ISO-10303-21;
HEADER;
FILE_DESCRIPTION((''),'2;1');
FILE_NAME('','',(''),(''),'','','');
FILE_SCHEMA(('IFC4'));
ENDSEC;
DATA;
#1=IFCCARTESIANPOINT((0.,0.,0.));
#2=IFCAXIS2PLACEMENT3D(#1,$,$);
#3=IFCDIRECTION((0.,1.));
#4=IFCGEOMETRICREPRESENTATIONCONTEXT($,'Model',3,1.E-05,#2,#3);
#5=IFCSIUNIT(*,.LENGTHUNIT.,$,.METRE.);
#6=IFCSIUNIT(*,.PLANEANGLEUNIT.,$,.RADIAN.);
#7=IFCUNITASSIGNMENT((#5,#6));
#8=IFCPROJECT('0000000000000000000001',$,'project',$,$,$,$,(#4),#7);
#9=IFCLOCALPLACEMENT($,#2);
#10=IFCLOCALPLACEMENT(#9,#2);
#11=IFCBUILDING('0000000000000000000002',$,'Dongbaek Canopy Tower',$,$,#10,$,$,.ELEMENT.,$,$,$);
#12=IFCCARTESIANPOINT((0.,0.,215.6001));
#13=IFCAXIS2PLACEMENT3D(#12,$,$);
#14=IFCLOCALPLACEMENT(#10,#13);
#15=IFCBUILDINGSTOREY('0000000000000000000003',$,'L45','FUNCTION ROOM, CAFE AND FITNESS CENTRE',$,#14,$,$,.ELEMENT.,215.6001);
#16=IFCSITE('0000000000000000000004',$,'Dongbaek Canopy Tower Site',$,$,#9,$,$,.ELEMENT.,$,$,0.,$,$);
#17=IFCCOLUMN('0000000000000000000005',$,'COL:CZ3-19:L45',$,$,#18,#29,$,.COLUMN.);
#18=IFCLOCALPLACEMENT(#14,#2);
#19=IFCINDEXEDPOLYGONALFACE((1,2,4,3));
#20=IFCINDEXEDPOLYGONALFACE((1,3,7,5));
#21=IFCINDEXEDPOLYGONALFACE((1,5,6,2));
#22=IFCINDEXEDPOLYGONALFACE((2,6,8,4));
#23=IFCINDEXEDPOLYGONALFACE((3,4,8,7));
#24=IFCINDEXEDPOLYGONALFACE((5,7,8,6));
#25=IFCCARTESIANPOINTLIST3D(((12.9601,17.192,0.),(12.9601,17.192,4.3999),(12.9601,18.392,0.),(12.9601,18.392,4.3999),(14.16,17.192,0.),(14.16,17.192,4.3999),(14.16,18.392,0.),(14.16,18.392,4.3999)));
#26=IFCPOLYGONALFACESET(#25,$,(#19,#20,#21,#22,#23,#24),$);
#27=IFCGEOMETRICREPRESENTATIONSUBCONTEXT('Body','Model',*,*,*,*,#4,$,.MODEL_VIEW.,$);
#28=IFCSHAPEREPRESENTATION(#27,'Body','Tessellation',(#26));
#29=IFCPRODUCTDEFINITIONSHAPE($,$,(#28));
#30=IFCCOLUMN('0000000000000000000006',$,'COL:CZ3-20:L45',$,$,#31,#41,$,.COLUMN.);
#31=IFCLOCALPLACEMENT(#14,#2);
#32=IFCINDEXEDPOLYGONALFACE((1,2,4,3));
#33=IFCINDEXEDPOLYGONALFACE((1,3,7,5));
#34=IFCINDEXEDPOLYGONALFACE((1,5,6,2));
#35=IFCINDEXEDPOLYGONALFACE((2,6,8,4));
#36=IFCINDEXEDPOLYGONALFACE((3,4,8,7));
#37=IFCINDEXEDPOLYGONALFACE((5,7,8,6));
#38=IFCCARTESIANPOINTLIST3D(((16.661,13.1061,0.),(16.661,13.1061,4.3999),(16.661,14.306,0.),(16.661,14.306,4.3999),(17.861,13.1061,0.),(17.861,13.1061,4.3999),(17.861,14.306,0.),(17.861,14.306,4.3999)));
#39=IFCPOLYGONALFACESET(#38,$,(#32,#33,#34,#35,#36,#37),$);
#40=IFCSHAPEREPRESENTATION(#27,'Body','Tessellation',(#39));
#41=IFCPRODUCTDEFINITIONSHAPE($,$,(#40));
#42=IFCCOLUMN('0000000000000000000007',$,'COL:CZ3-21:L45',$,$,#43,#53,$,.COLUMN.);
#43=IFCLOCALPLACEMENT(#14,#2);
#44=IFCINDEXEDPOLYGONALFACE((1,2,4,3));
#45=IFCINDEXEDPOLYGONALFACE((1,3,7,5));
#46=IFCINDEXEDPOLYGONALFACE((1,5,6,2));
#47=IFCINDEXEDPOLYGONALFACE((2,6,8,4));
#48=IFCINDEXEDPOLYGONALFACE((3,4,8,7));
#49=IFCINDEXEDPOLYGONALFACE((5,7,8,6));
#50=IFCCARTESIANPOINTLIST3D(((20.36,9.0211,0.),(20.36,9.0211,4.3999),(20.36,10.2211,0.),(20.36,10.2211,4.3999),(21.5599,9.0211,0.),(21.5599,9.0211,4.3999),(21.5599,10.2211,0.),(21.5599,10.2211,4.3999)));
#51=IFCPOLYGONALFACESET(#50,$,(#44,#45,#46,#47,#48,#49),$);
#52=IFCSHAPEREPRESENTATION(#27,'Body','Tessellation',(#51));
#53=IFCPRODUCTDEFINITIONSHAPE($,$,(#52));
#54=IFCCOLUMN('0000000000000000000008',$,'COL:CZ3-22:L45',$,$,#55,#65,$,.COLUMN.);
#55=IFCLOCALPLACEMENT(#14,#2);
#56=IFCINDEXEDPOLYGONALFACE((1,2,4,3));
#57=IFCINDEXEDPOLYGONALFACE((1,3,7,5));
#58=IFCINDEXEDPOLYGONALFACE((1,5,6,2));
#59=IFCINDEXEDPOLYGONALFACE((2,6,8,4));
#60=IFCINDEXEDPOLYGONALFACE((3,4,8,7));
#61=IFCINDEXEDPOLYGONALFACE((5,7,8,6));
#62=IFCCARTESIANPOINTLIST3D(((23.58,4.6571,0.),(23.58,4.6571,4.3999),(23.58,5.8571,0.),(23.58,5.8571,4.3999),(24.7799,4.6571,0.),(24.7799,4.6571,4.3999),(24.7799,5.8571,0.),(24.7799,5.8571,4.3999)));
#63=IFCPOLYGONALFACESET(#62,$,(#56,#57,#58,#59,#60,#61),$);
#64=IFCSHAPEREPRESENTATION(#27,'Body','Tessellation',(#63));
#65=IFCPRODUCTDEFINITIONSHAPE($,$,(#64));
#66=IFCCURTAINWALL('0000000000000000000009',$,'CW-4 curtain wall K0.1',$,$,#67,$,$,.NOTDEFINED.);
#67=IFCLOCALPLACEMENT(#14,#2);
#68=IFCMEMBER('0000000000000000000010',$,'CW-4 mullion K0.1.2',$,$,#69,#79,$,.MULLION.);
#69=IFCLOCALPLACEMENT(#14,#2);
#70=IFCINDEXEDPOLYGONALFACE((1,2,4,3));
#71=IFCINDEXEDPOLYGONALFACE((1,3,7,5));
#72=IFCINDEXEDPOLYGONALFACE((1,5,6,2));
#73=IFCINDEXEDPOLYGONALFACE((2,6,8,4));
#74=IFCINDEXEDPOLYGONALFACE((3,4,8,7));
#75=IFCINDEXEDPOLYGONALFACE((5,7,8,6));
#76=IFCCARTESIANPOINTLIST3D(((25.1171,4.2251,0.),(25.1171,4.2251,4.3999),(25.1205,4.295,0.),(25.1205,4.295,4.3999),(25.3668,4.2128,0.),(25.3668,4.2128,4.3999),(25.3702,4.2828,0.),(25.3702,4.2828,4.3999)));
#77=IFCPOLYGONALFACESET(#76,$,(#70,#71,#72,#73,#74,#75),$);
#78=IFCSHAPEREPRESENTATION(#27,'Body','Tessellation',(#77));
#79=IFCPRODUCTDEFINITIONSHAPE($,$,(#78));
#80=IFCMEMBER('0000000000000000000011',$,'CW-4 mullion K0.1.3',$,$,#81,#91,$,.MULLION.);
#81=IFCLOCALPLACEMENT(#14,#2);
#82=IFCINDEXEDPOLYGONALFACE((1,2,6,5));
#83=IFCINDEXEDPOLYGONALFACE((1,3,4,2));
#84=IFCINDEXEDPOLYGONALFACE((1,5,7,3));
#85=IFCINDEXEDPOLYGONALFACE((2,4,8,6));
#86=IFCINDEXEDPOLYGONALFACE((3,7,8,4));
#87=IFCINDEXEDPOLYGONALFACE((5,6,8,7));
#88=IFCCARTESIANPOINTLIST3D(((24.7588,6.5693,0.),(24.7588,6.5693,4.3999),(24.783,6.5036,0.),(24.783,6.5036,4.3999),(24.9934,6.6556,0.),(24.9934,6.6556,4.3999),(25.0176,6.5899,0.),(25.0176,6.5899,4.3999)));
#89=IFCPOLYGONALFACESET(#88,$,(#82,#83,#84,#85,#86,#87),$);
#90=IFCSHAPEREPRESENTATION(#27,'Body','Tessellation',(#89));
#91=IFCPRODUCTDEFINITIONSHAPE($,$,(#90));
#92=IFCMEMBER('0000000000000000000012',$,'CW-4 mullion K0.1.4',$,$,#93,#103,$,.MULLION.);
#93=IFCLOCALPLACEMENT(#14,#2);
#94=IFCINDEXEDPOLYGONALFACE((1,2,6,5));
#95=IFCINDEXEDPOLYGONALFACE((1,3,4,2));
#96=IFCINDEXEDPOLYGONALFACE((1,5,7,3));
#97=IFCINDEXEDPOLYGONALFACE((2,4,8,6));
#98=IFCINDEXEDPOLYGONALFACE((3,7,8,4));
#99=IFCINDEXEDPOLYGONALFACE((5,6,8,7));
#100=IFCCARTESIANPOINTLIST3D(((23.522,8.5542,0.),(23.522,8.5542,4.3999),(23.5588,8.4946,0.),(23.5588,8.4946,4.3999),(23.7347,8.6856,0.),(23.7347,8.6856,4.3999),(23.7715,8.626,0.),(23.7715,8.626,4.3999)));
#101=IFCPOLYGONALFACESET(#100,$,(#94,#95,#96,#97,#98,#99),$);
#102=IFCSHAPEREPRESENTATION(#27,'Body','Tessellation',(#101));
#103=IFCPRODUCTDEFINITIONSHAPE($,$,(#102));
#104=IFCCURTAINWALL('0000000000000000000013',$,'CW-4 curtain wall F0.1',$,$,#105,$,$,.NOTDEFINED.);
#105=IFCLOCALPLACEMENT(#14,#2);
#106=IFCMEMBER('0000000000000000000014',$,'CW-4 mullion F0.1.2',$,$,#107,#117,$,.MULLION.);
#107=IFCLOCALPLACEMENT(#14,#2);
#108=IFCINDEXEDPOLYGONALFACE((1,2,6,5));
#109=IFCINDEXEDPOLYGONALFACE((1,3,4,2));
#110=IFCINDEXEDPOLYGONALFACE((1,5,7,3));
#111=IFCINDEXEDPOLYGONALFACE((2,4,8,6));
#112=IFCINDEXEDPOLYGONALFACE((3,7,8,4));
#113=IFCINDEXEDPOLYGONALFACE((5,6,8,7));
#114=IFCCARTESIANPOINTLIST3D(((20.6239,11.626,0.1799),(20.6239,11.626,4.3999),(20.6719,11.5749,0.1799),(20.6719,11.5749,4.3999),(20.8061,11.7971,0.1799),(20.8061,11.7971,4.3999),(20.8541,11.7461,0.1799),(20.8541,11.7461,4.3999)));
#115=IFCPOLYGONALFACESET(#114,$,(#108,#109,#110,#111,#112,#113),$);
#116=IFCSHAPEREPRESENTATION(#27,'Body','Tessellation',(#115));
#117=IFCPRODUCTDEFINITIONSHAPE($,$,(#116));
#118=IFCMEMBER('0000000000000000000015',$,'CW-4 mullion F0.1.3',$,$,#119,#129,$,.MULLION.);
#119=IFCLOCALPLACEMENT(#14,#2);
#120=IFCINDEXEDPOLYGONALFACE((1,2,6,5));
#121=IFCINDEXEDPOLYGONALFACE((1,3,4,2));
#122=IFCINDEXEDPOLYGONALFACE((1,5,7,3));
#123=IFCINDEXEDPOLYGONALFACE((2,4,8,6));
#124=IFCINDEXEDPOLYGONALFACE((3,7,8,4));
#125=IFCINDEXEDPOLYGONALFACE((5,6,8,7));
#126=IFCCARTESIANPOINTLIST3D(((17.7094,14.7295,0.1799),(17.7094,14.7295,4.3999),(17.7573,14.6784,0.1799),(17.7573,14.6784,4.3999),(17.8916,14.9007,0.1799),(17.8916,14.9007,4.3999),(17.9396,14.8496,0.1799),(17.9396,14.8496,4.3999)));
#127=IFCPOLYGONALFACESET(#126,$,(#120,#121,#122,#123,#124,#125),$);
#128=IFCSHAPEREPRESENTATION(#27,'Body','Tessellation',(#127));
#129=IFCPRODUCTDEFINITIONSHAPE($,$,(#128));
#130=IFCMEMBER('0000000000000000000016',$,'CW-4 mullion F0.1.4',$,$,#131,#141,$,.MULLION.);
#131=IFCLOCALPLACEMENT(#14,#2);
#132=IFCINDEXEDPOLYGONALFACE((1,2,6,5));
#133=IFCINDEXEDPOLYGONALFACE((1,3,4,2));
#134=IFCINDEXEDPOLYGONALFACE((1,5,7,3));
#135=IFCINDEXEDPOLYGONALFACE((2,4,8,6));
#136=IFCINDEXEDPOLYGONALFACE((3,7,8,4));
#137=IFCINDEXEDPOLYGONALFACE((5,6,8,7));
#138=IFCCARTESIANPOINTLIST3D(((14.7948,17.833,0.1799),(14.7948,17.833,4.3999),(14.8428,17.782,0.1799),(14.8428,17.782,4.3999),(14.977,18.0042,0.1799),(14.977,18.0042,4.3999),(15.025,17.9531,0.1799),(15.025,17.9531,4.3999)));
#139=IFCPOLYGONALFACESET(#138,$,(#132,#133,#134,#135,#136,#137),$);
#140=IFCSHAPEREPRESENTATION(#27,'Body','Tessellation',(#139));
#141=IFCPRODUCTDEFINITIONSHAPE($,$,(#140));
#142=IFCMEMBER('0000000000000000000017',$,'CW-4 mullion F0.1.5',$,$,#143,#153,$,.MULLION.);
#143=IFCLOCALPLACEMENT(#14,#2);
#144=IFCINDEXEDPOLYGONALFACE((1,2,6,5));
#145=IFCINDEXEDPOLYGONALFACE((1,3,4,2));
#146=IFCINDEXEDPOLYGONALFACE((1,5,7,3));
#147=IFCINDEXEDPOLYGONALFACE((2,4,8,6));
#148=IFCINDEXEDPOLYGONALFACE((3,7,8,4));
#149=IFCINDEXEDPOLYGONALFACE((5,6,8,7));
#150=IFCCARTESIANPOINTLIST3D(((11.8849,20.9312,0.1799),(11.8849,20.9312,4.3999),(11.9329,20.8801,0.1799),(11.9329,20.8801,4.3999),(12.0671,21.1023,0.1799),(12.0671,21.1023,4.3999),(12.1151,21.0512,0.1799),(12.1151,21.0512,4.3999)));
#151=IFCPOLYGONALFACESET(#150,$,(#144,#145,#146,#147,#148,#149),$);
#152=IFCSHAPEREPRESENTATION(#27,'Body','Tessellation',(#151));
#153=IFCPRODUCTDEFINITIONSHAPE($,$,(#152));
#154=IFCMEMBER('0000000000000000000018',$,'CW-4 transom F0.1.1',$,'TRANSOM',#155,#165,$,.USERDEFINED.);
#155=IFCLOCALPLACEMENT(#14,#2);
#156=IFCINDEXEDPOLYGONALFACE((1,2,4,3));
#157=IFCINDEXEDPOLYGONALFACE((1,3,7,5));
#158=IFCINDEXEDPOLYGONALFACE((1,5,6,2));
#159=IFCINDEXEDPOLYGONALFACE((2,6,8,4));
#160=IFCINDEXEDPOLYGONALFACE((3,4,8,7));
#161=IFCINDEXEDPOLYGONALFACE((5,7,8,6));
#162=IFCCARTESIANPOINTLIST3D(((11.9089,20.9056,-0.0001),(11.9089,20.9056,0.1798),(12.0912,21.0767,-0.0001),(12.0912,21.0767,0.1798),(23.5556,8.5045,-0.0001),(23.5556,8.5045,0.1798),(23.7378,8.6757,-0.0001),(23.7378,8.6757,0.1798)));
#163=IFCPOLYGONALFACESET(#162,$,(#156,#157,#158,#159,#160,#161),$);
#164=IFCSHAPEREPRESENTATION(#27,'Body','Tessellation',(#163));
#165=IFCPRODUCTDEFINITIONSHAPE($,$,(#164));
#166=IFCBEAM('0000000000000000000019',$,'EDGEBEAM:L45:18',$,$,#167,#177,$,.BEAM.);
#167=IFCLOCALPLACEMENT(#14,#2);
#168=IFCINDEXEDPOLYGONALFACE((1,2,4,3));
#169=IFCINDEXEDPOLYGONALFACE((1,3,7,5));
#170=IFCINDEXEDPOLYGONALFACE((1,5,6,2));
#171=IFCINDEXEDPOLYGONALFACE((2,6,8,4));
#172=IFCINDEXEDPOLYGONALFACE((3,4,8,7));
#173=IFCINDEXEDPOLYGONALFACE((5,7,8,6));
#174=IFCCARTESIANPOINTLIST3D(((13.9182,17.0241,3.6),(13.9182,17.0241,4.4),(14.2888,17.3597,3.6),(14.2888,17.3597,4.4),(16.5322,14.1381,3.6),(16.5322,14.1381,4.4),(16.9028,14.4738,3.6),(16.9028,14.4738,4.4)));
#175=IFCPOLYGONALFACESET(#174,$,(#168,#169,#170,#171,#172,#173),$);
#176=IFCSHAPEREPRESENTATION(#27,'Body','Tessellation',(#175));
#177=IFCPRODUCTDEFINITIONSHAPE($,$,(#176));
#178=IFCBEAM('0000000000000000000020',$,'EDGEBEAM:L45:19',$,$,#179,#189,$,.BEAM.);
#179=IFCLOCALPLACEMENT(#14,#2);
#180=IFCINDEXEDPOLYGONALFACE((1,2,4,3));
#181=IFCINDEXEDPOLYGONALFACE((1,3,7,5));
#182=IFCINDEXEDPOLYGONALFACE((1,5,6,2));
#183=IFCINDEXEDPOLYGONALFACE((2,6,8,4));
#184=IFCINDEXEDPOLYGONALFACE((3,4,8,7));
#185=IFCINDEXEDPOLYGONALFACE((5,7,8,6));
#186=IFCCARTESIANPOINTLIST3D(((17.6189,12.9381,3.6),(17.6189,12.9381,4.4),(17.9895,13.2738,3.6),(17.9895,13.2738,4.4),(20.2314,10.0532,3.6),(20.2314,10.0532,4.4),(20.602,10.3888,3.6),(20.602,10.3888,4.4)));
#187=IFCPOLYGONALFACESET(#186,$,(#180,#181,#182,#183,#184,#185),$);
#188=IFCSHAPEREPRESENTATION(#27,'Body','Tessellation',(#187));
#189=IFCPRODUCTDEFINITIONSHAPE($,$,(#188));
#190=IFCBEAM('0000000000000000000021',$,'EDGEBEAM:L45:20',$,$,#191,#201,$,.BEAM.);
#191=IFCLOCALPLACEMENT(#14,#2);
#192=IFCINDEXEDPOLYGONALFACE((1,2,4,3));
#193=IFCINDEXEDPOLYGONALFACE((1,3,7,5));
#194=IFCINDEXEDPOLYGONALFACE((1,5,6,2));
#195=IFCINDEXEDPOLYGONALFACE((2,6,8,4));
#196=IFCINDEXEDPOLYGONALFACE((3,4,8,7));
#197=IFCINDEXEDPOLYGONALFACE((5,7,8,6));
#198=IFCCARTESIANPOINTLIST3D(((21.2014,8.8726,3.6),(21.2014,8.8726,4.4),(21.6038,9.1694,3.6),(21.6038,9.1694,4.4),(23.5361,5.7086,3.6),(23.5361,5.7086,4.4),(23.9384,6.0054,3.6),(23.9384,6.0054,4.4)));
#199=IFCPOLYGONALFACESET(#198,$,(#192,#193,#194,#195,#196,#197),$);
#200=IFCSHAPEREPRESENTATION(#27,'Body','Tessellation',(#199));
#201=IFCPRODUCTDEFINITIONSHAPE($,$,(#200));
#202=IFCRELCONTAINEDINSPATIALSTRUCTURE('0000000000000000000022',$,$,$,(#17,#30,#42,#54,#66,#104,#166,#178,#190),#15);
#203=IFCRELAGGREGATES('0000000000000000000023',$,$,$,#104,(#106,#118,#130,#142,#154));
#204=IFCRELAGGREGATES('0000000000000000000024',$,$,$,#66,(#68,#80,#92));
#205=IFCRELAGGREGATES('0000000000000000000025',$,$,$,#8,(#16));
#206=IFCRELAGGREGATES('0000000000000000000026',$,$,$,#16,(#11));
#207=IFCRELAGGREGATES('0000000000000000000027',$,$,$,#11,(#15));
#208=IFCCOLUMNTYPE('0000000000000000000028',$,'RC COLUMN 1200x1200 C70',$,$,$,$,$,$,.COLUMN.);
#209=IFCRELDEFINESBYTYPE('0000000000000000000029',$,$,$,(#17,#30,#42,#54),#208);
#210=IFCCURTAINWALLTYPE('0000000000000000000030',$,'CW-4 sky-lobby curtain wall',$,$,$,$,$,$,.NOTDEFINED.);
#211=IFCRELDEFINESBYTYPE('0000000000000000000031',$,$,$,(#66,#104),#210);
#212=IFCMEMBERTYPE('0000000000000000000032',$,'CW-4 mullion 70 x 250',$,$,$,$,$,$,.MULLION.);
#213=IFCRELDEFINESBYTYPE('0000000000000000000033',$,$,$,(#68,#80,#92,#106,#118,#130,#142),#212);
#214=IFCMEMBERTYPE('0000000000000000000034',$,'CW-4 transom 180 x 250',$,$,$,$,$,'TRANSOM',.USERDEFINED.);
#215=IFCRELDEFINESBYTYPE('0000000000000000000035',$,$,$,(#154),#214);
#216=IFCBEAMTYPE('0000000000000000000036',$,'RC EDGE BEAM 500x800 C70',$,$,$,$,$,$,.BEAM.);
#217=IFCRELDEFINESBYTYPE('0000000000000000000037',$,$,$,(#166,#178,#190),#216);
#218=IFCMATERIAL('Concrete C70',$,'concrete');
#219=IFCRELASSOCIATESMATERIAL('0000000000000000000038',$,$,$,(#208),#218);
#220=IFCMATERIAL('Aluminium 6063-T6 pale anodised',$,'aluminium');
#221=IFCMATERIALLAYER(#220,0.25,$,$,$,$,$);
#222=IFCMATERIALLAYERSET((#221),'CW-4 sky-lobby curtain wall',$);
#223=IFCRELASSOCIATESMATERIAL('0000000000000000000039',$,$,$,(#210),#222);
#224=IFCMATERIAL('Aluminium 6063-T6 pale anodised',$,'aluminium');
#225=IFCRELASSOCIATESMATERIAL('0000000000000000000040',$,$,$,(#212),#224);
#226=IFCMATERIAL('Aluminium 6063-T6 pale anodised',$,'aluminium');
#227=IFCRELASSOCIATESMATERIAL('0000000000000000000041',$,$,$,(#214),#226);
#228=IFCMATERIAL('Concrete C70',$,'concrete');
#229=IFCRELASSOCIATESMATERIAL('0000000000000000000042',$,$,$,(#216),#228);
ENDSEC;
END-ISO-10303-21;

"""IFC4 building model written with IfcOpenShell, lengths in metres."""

from ifc_helpers import new_model, si_unit, direction, frame, origin, origin_2d, place, context, subcontext, project, spatial, rectangle, extrude, material, layer, layer_set, material_profile, profile_set, type_object, element, aggregate, save


model = new_model("IFC4")

# Units and contexts
model_context = context("Model", 3, precision=1e-05, world=origin(), true_north=direction((0.0, 1.0)))
body_context = subcontext(model_context, "Body", "Model", "MODEL_VIEW")
ifc_project = project(units=[si_unit("LENGTHUNIT", "METRE"), si_unit("PLANEANGLEUNIT", "RADIAN")], contexts=[model_context])

# Site, building, storey
site_placement = place(None, origin())
site = spatial("IfcSite", under=ifc_project, at=site_placement, Name="Dongbaek Canopy Tower Site", CompositionType="ELEMENT", RefElevation=0.0)
building_placement = place(site_placement, origin())
building = spatial("IfcBuilding", under=site, at=building_placement, Name="Dongbaek Canopy Tower", CompositionType="ELEMENT")
storey_placement = place(building_placement, frame((0.0, 0.0, 215.6001)))
storey = spatial("IfcBuildingStorey", under=building, at=storey_placement, Name="L45", Description="FUNCTION ROOM, CAFE AND FITNESS CENTRE", CompositionType="ELEMENT", Elevation=215.6001)

# Columns
ifc_material_1 = material(Name="Concrete C70", Category="concrete")
ifc_material_profile_1 = material_profile(ifc_material_1, rectangle(XDim=1.2, YDim=1.2, at=origin_2d()), Name="RC COLUMN 1200x1200 C70")
ifc_profile_set_1 = profile_set([ifc_material_profile_1], Name="Concrete C70")
column_type = type_object("IfcColumnType", Name="RC COLUMN 1200x1200 C70", PredefinedType="COLUMN", material=ifc_profile_set_1)
for number, where, z_axis, x_axis, name in (
    (1, (13.5601, 17.792, 0.0), (0.0, 0.0, 1.0), (1.0, 0.0, 0.0), "COL:CZ3-19:L45"),
    (2, (17.261, 13.7061, 0.0), (0.0, 0.0, 1.0), (1.0, 0.0, 0.0), "COL:CZ3-20:L45"),
    (3, (20.96, 9.6211, 0.0), (0.0, 0.0, 1.0), (1.0, 0.0, 0.0), "COL:CZ3-21:L45"),
    (4, (24.1799, 5.2571, 0.0), (0.0, 0.0, 1.0), (1.0, 0.0, 0.0), "COL:CZ3-22:L45"),
):
    element("IfcColumn", number, at=place(storey_placement, frame(where, z_axis=z_axis, x_axis=x_axis)), inside=storey, type_object=column_type, Name=name, PredefinedType="COLUMN", context=body_context, shape_type="SweptSolid", body=[
        extrude(rectangle(XDim=1.2, YDim=1.2, at=origin_2d()), origin(), (0.0, 0.0, 1.0), 4.3999),
    ])

# Curtain walls, members
ifc_material_2 = material(Name="Aluminium 6063-T6 pale anodised", Category="aluminium")
ifc_layer_1 = layer(ifc_material_2, 0.25)
ifc_layer_set_1 = layer_set([ifc_layer_1], Name="CW-4 sky-lobby curtain wall")
curtain_wall_type = type_object("IfcCurtainWallType", Name="CW-4 sky-lobby curtain wall", PredefinedType="NOTDEFINED", material=ifc_layer_set_1)
curtain_wall_1_placement = place(storey_placement, origin())
curtain_wall_1 = element("IfcCurtainWall", 5, at=curtain_wall_1_placement, inside=storey, type_object=curtain_wall_type, Name="CW-4 curtain wall K0.1", PredefinedType="NOTDEFINED")
ifc_material_3 = material(Name="Aluminium 6063-T6 pale anodised", Category="aluminium")
ifc_material_profile_2 = material_profile(ifc_material_3, rectangle(XDim=0.25, YDim=0.0701, at=origin_2d()), Name="CW-4 mullion 70 x 250")
ifc_profile_set_2 = profile_set([ifc_material_profile_2], Name="Aluminium 6063-T6 pale anodised")
member_type_1 = type_object("IfcMemberType", Name="CW-4 mullion 70 x 250", PredefinedType="MULLION", material=ifc_profile_set_2)
member_1_placement = place(storey_placement, frame((25.2437, 4.2539, 0.0), z_axis=(0.0, 0.0, 1.0), x_axis=(0.998792, -0.04914, 0.0)))
member_1 = element("IfcMember", 6, at=member_1_placement, type_object=member_type_1, Name="CW-4 mullion K0.1.2", PredefinedType="MULLION", context=body_context, shape_type="SweptSolid", body=[
    extrude(rectangle(XDim=0.25, YDim=0.0701, at=origin_2d()), origin(), (0.0, 0.0, 1.0), 4.3999),
])
member_2_placement = place(storey_placement, frame((24.8882, 6.5796, 0.0), z_axis=(0.0, 0.0, 1.0), x_axis=(0.938536, 0.345181, 0.0)))
member_2 = element("IfcMember", 7, at=member_2_placement, type_object=member_type_1, Name="CW-4 mullion K0.1.3", PredefinedType="MULLION", context=body_context, shape_type="SweptSolid", body=[
    extrude(rectangle(XDim=0.25, YDim=0.0701, at=origin_2d()), origin(), (0.0, 0.0, 1.0), 4.3999),
])
member_3_placement = place(storey_placement, frame((23.6467, 8.5901, 0.0), z_axis=(0.0, 0.0, 1.0), x_axis=(0.850833, 0.525436, 0.0)))
member_3 = element("IfcMember", 8, at=member_3_placement, type_object=member_type_1, Name="CW-4 mullion K0.1.4", PredefinedType="MULLION", context=body_context, shape_type="SweptSolid", body=[
    extrude(rectangle(XDim=0.25, YDim=0.0701, at=origin_2d()), origin(), (0.0, 0.0, 1.0), 4.3999),
])
curtain_wall_2_placement = place(storey_placement, origin())
curtain_wall_2 = element("IfcCurtainWall", 9, at=curtain_wall_2_placement, inside=storey, type_object=curtain_wall_type, Name="CW-4 curtain wall F0.1", PredefinedType="NOTDEFINED")
member_4_placement = place(storey_placement, frame((20.739, 11.686, 0.1799), z_axis=(0.0, 0.0, 1.0), x_axis=(0.728941, 0.684577, 0.0)))
member_4 = element("IfcMember", 10, at=member_4_placement, type_object=member_type_1, Name="CW-4 mullion F0.1.2", PredefinedType="MULLION", context=body_context, shape_type="SweptSolid", body=[
    extrude(rectangle(XDim=0.25, YDim=0.0701, at=origin_2d()), origin(), (0.0, 0.0, 1.0), 4.22),
])
member_5_placement = place(storey_placement, frame((17.8245, 14.7896, 0.1799), z_axis=(0.0, 0.0, 1.0), x_axis=(0.728941, 0.684577, 0.0)))
member_5 = element("IfcMember", 11, at=member_5_placement, type_object=member_type_1, Name="CW-4 mullion F0.1.3", PredefinedType="MULLION", context=body_context, shape_type="SweptSolid", body=[
    extrude(rectangle(XDim=0.25, YDim=0.0701, at=origin_2d()), origin(), (0.0, 0.0, 1.0), 4.22),
])
member_6_placement = place(storey_placement, frame((14.9099, 17.8931, 0.1799), z_axis=(0.0, 0.0, 1.0), x_axis=(0.728941, 0.684577, 0.0)))
member_6 = element("IfcMember", 12, at=member_6_placement, type_object=member_type_1, Name="CW-4 mullion F0.1.4", PredefinedType="MULLION", context=body_context, shape_type="SweptSolid", body=[
    extrude(rectangle(XDim=0.25, YDim=0.0701, at=origin_2d()), origin(), (0.0, 0.0, 1.0), 4.22),
])
member_7_placement = place(storey_placement, frame((12.0, 20.9912, 0.1799), z_axis=(0.0, 0.0, 1.0), x_axis=(0.728941, 0.684577, 0.0)))
member_7 = element("IfcMember", 13, at=member_7_placement, type_object=member_type_1, Name="CW-4 mullion F0.1.5", PredefinedType="MULLION", context=body_context, shape_type="SweptSolid", body=[
    extrude(rectangle(XDim=0.25, YDim=0.0701, at=origin_2d()), origin(), (0.0, 0.0, 1.0), 4.22),
])
ifc_material_4 = material(Name="Aluminium 6063-T6 pale anodised", Category="aluminium")
ifc_material_profile_3 = material_profile(ifc_material_4, rectangle(XDim=0.25, YDim=0.1799, at=origin_2d()), Name="CW-4 transom 180 x 250")
ifc_profile_set_3 = profile_set([ifc_material_profile_3], Name="Aluminium 6063-T6 pale anodised")
member_type_2 = type_object("IfcMemberType", Name="CW-4 transom 180 x 250", ElementType="TRANSOM", PredefinedType="USERDEFINED", material=ifc_profile_set_3)
member_8_placement = place(storey_placement, frame((23.6467, 8.5901, 0.0898), z_axis=(-0.684588, 0.728931, 0.0), x_axis=(-0.728931, -0.684588, 0.0)))
member_8 = element("IfcMember", 14, at=member_8_placement, type_object=member_type_2, Name="CW-4 transom F0.1.1", ObjectType="TRANSOM", PredefinedType="USERDEFINED", context=body_context, shape_type="SweptSolid", body=[
    extrude(rectangle(XDim=0.25, YDim=0.1799, at=origin_2d()), origin(), (0.0, 0.0, 1.0), 17.0127),
])

# Beams
ifc_material_5 = material(Name="Concrete C70", Category="concrete")
ifc_material_profile_4 = material_profile(ifc_material_5, rectangle(XDim=0.5, YDim=0.8, at=origin_2d()), Name="RC EDGE BEAM 500x800 C70")
ifc_profile_set_4 = profile_set([ifc_material_profile_4], Name="Concrete C70")
beam_type = type_object("IfcBeamType", Name="RC EDGE BEAM 500x800 C70", PredefinedType="BEAM", material=ifc_profile_set_4)
beam_1_placement = place(storey_placement, frame((14.1035, 17.1919, 4.0), z_axis=(0.67132, -0.741167, 0.0), x_axis=(0.741167, 0.67132, 0.0)))
element("IfcBeam", 15, at=beam_1_placement, inside=storey, type_object=beam_type, Name="EDGEBEAM:L45:18", PredefinedType="BEAM", context=body_context, shape_type="SweptSolid", body=[
    extrude(rectangle(XDim=0.5, YDim=0.8, at=origin_2d()), origin(), (0.0, 0.0, 1.0), 3.8938),
])
beam_2_placement = place(storey_placement, frame((17.8042, 13.106, 4.0), z_axis=(0.671238, -0.741241, 0.0), x_axis=(0.741241, 0.671238, 0.0)))
element("IfcBeam", 16, at=beam_2_placement, inside=storey, type_object=beam_type, Name="EDGEBEAM:L45:19", PredefinedType="BEAM", context=body_context, shape_type="SweptSolid", body=[
    extrude(rectangle(XDim=0.5, YDim=0.8, at=origin_2d()), origin(), (0.0, 0.0, 1.0), 3.8921),
])
beam_3_placement = place(storey_placement, frame((21.4026, 9.021, 4.0), z_axis=(0.593743, -0.804655, 0.0), x_axis=(0.804655, 0.593743, 0.0)))
element("IfcBeam", 17, at=beam_3_placement, inside=storey, type_object=beam_type, Name="EDGEBEAM:L45:20", PredefinedType="BEAM", context=body_context, shape_type="SweptSolid", body=[
    extrude(rectangle(XDim=0.5, YDim=0.8, at=origin_2d()), origin(), (0.0, 0.0, 1.0), 3.9321),
])

aggregate(curtain_wall_2, [member_4, member_5, member_6, member_7, member_8])

aggregate(curtain_wall_1, [member_1, member_2, member_3])

save(model, "model.ifc")
